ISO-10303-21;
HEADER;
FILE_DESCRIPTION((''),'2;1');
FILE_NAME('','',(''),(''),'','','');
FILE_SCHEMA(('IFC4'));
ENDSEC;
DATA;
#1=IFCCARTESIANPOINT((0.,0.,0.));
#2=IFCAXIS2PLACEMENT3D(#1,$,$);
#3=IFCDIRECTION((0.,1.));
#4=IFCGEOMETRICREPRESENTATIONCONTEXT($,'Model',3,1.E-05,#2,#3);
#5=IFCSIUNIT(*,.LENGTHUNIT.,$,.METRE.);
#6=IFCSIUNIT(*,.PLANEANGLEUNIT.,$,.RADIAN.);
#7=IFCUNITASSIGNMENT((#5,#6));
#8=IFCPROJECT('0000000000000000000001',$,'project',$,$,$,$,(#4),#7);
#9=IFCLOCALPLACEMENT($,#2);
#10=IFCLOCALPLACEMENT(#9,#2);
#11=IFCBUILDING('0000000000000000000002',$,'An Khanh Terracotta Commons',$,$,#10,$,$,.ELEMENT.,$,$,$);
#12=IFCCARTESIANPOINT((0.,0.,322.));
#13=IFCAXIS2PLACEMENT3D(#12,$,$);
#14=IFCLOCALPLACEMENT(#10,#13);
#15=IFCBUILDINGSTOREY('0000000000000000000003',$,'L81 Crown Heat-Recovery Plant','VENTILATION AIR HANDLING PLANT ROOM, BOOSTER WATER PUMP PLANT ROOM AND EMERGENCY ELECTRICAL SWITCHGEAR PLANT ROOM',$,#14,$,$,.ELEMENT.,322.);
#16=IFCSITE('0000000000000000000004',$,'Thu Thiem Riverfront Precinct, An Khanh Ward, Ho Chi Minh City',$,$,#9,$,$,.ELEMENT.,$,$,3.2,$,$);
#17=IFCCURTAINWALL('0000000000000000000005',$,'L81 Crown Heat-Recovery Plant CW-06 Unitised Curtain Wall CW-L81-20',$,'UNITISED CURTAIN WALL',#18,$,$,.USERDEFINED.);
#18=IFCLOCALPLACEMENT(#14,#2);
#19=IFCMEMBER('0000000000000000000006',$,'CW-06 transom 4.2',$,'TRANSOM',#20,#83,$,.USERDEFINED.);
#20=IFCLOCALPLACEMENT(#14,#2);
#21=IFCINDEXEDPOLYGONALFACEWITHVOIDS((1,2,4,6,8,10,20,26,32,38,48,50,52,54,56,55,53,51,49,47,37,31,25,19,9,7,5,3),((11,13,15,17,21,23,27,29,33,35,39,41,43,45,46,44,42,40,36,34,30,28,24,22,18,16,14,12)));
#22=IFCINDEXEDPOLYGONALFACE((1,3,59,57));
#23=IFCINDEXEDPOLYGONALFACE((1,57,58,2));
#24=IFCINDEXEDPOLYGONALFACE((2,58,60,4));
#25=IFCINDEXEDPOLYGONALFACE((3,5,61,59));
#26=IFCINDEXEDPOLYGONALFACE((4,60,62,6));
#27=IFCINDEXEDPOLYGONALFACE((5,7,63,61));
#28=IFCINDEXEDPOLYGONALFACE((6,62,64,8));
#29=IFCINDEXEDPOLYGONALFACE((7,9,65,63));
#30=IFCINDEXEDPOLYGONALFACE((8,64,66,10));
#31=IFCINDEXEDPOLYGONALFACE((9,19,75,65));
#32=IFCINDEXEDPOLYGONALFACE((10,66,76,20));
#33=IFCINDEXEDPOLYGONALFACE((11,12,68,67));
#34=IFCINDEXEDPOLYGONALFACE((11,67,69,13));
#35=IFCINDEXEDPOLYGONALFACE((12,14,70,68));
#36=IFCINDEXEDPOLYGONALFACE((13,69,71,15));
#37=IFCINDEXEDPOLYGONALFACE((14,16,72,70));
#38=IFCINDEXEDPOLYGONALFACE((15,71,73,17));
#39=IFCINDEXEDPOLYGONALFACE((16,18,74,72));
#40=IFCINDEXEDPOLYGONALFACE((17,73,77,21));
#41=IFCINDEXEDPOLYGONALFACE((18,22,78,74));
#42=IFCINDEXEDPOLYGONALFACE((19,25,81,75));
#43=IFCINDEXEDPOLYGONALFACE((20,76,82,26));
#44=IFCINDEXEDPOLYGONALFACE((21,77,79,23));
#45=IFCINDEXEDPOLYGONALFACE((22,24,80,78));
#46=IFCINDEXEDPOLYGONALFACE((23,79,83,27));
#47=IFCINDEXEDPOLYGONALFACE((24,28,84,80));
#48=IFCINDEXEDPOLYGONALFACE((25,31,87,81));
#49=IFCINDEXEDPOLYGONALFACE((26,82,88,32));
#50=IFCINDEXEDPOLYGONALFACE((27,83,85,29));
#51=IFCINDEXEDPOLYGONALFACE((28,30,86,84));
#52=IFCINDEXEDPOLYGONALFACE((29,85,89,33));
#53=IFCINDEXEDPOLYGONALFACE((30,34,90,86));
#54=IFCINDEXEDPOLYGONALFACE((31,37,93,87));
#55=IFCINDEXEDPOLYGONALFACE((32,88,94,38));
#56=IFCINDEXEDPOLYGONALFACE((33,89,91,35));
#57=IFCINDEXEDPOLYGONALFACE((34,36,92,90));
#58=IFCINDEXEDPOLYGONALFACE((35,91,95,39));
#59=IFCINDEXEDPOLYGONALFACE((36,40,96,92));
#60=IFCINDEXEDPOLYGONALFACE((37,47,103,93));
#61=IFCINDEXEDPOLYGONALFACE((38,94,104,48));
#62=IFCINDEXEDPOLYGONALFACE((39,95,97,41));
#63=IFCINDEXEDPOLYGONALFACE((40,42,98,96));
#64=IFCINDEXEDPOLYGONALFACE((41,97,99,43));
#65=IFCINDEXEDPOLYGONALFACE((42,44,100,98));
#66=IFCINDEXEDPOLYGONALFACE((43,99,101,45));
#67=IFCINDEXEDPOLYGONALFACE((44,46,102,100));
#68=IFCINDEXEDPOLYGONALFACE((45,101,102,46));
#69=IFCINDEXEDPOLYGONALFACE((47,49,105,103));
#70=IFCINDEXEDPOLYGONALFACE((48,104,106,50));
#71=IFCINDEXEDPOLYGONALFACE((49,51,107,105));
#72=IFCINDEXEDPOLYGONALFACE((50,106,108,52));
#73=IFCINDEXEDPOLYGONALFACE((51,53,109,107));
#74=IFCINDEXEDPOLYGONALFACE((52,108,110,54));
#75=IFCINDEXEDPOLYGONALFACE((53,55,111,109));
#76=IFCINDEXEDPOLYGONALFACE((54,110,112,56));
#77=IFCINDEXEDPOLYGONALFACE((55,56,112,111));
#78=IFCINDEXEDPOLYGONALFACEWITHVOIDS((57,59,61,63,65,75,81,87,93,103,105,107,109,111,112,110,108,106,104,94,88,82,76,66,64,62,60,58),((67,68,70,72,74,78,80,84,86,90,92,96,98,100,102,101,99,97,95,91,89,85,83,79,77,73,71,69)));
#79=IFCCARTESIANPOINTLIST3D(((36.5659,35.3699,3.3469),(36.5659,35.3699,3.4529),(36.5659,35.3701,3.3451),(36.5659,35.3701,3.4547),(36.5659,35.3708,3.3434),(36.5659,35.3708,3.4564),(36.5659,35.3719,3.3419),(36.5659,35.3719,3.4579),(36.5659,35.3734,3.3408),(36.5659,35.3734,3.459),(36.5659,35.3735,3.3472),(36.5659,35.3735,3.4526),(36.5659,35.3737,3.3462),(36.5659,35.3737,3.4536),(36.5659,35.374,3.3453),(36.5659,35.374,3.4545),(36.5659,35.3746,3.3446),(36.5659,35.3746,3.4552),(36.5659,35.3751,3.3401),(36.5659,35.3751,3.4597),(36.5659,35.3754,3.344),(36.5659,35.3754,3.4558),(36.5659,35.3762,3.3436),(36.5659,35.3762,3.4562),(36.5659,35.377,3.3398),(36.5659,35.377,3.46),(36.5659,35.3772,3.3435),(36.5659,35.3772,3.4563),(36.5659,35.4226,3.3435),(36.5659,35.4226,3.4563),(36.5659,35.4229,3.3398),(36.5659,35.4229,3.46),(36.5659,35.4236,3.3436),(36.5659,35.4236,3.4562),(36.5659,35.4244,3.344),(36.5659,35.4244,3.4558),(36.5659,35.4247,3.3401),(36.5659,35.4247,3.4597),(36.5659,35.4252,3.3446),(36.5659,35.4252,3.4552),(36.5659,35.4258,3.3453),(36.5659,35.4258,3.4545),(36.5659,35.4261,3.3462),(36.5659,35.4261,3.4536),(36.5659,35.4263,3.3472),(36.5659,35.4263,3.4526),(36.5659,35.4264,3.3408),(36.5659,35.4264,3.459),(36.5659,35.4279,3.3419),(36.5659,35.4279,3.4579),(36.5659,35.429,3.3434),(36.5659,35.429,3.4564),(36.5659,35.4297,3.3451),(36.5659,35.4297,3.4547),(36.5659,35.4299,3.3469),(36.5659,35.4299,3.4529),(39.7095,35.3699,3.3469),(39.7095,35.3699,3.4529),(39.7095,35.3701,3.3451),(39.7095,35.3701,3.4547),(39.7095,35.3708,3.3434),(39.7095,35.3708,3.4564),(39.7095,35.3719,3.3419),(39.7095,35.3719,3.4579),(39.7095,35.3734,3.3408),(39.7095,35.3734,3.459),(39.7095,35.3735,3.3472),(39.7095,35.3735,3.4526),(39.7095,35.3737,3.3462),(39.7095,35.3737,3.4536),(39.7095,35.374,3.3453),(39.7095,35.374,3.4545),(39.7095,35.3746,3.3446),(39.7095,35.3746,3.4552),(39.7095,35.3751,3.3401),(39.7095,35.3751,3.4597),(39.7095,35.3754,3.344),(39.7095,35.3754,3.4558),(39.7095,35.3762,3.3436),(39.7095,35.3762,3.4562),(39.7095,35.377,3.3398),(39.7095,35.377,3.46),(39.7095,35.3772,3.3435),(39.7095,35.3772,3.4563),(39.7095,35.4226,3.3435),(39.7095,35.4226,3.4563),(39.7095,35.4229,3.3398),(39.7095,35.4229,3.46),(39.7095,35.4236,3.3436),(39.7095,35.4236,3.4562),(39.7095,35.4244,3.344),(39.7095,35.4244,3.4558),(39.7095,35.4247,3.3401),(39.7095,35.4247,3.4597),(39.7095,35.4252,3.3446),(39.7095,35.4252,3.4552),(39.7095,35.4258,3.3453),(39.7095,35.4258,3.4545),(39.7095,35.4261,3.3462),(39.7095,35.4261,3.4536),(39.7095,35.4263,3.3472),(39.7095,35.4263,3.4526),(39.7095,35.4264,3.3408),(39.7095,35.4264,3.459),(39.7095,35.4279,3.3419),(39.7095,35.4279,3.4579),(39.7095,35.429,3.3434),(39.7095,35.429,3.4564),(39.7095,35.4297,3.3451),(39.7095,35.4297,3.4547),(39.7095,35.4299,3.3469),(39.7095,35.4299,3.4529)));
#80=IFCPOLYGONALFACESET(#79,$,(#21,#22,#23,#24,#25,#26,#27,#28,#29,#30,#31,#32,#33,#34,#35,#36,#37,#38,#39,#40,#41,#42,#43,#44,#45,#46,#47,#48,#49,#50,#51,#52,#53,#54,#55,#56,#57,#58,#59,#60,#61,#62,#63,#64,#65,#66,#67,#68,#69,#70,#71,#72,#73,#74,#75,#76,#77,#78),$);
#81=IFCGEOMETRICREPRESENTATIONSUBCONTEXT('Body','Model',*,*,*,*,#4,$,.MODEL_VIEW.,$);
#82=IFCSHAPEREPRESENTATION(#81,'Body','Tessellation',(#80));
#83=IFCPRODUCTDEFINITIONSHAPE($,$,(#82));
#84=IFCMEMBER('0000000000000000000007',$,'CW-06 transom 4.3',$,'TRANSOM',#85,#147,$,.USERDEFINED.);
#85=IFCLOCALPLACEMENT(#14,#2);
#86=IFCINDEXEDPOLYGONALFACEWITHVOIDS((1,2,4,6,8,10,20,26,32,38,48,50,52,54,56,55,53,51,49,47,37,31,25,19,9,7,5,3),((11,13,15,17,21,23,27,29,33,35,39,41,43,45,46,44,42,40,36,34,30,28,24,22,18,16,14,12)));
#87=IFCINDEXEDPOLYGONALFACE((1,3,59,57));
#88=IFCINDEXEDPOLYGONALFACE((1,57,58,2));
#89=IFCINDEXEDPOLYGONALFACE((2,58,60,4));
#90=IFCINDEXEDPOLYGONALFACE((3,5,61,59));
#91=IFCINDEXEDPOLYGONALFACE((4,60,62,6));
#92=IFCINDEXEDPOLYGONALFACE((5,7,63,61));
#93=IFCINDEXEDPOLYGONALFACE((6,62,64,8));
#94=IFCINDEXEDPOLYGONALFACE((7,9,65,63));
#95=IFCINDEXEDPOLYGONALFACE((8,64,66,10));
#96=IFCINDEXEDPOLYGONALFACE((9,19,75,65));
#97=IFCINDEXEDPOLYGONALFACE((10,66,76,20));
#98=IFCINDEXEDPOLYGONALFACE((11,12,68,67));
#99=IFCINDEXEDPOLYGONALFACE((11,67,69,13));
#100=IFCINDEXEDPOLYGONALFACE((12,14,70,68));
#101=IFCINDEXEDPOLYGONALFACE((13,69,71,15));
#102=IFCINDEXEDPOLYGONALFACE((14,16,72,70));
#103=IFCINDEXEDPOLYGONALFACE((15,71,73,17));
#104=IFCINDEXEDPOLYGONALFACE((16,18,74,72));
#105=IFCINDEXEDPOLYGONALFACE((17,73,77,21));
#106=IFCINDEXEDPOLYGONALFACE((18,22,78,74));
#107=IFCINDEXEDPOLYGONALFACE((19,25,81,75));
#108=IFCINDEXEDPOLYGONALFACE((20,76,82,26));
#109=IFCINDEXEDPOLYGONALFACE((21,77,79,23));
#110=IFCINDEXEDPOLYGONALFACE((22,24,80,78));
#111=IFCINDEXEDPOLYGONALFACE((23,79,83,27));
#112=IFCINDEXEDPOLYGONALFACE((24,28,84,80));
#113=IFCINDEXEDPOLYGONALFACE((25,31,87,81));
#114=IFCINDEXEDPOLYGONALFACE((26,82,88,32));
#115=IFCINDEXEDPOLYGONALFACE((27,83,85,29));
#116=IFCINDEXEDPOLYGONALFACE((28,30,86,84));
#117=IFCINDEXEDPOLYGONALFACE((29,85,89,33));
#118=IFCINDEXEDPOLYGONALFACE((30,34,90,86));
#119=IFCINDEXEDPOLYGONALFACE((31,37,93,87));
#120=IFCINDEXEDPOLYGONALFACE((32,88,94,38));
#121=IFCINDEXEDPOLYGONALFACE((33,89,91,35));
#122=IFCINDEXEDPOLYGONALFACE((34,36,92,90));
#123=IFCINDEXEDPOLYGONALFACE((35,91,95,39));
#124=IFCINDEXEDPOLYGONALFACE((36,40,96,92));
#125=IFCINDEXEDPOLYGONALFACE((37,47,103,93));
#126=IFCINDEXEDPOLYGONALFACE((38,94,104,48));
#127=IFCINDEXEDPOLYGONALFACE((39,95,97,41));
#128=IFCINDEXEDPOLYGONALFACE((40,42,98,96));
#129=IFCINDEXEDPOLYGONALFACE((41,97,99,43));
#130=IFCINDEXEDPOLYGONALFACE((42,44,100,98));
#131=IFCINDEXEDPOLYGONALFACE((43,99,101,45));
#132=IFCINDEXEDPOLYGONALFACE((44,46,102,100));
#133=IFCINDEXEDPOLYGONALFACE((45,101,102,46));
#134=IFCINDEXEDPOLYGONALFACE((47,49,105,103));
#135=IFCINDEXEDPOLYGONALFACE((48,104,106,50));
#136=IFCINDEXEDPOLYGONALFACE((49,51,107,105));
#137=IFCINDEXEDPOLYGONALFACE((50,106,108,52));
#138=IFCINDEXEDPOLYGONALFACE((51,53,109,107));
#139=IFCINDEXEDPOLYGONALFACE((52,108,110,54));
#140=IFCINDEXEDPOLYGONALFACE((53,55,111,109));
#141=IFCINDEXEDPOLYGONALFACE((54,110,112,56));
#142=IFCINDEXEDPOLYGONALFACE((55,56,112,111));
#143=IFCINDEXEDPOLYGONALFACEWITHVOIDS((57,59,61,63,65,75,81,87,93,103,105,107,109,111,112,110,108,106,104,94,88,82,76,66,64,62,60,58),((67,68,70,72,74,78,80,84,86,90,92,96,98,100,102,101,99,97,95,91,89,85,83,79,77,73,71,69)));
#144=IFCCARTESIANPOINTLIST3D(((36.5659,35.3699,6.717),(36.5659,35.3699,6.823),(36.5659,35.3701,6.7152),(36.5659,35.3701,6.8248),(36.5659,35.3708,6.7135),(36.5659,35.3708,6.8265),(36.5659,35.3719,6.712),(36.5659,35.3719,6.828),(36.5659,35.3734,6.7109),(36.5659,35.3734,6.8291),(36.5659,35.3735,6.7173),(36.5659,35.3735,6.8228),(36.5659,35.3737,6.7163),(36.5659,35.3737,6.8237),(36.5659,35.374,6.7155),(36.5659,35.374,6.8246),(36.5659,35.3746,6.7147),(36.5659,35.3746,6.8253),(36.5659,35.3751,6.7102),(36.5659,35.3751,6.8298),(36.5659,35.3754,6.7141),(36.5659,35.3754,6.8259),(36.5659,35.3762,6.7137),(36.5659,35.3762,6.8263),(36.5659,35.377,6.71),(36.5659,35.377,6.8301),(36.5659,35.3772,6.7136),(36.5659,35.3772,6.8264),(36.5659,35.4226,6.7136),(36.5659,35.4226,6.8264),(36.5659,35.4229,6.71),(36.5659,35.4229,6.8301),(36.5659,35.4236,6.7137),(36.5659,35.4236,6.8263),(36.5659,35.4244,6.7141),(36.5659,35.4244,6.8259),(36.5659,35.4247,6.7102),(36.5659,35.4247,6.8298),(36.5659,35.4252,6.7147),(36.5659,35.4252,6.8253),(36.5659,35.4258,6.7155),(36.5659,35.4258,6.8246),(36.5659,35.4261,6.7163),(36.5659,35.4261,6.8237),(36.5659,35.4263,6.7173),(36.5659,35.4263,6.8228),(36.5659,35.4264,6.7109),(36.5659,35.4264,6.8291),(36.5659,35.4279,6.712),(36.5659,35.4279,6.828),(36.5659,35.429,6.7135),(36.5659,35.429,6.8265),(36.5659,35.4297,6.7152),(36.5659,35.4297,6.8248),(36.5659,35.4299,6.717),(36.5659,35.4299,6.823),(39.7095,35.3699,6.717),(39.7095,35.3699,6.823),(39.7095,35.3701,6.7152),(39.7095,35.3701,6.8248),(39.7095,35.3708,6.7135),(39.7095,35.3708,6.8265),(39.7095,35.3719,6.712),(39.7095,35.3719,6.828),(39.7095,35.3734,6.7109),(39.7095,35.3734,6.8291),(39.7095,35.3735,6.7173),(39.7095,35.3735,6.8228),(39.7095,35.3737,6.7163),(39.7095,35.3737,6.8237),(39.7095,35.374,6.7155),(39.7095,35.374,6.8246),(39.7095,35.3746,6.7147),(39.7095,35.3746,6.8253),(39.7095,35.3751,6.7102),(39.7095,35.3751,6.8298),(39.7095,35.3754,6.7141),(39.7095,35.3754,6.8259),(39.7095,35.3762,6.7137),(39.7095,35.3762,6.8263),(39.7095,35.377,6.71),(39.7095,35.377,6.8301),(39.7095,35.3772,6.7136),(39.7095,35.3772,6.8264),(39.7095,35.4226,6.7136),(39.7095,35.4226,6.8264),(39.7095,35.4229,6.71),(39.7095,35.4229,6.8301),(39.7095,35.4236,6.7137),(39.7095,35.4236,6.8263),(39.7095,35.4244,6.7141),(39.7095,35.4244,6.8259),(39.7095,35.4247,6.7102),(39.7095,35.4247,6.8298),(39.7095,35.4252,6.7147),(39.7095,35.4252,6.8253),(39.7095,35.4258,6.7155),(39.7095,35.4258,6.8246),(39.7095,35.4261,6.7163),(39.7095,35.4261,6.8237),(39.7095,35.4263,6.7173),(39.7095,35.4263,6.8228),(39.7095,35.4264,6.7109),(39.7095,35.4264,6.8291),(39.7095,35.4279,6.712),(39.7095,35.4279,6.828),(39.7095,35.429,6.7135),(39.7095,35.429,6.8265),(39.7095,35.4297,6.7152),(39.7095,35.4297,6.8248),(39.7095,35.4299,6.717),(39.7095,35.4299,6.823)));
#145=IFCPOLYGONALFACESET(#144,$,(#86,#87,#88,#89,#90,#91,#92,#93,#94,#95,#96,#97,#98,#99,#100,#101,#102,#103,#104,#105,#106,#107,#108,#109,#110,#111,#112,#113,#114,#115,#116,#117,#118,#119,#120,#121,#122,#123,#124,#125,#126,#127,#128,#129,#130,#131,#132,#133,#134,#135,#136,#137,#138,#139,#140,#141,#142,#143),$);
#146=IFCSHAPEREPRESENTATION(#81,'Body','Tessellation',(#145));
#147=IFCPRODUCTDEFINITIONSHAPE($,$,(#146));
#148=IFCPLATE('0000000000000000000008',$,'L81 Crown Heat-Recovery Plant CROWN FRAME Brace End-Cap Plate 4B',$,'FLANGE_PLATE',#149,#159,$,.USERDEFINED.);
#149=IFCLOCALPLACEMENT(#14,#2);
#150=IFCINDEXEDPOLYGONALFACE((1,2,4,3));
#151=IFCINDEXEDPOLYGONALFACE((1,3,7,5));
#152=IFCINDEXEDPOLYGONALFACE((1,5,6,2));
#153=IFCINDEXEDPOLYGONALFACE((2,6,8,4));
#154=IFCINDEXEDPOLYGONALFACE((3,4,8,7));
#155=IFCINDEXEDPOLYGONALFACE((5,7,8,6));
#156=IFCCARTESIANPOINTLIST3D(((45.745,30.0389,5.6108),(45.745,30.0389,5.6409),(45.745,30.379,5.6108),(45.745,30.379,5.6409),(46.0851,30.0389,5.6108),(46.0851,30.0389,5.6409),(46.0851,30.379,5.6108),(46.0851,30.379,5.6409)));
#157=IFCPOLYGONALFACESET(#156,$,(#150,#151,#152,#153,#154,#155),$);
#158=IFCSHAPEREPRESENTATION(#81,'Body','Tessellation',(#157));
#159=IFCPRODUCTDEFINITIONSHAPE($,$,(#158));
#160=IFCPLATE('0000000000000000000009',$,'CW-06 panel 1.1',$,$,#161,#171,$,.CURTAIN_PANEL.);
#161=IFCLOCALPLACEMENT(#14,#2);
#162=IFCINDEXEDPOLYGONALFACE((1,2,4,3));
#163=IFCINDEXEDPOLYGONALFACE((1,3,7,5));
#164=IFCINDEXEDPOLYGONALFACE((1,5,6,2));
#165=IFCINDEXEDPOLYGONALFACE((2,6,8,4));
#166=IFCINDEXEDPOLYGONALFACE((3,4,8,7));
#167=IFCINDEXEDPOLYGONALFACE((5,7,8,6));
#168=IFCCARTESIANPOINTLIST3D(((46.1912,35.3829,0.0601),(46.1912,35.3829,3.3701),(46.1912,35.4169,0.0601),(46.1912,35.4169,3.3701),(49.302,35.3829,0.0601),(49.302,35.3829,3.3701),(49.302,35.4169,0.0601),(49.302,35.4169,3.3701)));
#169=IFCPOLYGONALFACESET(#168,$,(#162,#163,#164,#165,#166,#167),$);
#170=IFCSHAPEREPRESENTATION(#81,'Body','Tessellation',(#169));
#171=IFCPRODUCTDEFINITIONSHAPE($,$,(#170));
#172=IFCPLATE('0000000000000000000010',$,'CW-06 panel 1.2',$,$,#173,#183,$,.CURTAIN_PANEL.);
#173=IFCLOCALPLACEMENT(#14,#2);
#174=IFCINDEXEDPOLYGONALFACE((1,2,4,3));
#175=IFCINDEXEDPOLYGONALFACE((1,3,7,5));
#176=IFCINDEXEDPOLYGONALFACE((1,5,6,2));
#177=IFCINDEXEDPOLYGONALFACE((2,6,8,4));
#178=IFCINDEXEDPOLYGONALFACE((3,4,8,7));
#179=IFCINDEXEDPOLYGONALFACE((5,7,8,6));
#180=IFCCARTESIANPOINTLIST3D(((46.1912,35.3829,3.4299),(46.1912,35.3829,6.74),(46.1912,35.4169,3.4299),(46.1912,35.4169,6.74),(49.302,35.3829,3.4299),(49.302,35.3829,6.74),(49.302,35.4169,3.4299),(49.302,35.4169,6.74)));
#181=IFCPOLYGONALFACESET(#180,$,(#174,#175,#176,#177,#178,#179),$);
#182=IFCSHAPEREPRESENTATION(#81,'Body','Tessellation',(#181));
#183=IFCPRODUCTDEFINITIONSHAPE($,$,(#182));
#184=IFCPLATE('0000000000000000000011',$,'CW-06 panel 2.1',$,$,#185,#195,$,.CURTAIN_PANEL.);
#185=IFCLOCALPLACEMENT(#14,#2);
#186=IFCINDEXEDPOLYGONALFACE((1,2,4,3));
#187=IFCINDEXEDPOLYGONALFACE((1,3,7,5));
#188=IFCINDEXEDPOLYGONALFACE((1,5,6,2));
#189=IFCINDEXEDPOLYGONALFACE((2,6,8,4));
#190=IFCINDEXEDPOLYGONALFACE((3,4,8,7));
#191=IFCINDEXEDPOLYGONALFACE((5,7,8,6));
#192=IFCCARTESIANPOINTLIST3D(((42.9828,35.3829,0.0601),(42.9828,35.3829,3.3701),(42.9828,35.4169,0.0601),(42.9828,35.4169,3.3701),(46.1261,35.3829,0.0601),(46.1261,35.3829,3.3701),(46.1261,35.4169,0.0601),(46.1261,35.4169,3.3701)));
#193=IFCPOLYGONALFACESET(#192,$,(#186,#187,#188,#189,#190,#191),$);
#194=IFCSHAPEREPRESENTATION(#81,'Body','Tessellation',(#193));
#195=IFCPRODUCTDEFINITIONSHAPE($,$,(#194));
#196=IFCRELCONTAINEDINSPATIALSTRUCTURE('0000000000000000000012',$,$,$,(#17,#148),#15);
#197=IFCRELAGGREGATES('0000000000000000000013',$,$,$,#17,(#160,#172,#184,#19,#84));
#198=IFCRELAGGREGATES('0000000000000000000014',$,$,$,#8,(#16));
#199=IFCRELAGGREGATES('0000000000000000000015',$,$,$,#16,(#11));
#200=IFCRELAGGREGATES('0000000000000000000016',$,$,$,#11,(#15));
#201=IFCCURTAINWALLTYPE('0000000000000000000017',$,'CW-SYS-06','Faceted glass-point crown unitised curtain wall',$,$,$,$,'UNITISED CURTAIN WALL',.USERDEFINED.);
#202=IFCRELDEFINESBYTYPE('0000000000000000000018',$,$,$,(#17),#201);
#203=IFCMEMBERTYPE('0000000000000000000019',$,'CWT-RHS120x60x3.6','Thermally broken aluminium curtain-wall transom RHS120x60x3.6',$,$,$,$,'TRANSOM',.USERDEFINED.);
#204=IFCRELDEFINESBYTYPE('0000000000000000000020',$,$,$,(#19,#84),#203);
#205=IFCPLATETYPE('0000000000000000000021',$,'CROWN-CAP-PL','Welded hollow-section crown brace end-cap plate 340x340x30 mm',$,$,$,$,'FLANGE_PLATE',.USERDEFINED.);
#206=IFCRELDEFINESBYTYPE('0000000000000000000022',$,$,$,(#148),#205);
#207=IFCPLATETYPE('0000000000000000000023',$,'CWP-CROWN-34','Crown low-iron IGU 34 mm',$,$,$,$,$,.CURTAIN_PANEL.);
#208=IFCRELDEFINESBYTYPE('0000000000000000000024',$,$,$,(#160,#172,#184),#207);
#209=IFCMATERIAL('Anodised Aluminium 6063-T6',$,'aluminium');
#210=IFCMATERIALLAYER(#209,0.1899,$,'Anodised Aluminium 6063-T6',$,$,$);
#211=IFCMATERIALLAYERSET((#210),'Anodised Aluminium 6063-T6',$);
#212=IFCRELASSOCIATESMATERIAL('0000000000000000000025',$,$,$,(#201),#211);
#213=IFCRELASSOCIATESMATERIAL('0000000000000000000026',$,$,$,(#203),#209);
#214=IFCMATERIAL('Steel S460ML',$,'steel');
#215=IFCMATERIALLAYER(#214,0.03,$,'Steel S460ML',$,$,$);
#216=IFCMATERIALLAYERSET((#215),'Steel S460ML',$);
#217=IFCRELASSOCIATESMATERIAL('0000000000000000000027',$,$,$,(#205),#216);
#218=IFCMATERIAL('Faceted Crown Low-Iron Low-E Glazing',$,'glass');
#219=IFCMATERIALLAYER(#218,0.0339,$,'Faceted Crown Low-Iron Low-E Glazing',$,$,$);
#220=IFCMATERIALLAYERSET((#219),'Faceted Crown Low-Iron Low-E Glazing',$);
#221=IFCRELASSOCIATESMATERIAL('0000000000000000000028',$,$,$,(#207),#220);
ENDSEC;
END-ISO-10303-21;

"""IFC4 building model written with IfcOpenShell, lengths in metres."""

from ifc_helpers import new_model, si_unit, direction, frame, origin, origin_2d, place, context, subcontext, project, spatial, rectangle, hollow_rectangle, extrude, material, layer, layer_set, material_profile, profile_set, type_object, element, aggregate, save


model = new_model("IFC4")

# Units and contexts
model_context = context("Model", 3, precision=1e-05, world=origin(), true_north=direction((0.0, 1.0)))
body_context = subcontext(model_context, "Body", "Model", "MODEL_VIEW")
ifc_project = project(units=[si_unit("LENGTHUNIT", "METRE"), si_unit("PLANEANGLEUNIT", "RADIAN")], contexts=[model_context])

# Site, building, storey
site_placement = place(None, origin())
site = spatial("IfcSite", under=ifc_project, at=site_placement, Name="Thu Thiem Riverfront Precinct, An Khanh Ward, Ho Chi Minh City", CompositionType="ELEMENT", RefElevation=3.2)
building_placement = place(site_placement, origin())
building = spatial("IfcBuilding", under=site, at=building_placement, Name="An Khanh Terracotta Commons", CompositionType="ELEMENT")
storey_placement = place(building_placement, frame((0.0, 0.0, 322.0)))
storey = spatial("IfcBuildingStorey", under=building, at=storey_placement, Name="L81 Crown Heat-Recovery Plant", Description="VENTILATION AIR HANDLING PLANT ROOM, BOOSTER WATER PUMP PLANT ROOM AND EMERGENCY ELECTRICAL SWITCHGEAR PLANT ROOM", CompositionType="ELEMENT", Elevation=322.0)

# Shared definitions
ifc_material_1 = material(Name="Steel S460ML", Category="steel")

# Curtain wall, members
ifc_material_2 = material(Name="Anodised Aluminium 6063-T6", Category="aluminium")
ifc_layer_1 = layer(ifc_material_2, 0.1899, Name="Anodised Aluminium 6063-T6")
ifc_layer_set_1 = layer_set([ifc_layer_1], Name="Anodised Aluminium 6063-T6")
curtain_wall_type = type_object("IfcCurtainWallType", Name="CW-SYS-06", Description="Faceted glass-point crown unitised curtain wall", ElementType="UNITISED CURTAIN WALL", PredefinedType="USERDEFINED", material=ifc_layer_set_1)
curtain_wall_placement = place(storey_placement, origin())
curtain_wall = element("IfcCurtainWall", 1, at=curtain_wall_placement, inside=storey, type_object=curtain_wall_type, Name="L81 Crown Heat-Recovery Plant CW-06 Unitised Curtain Wall CW-L81-20", ObjectType="UNITISED CURTAIN WALL", PredefinedType="USERDEFINED")
ifc_material_profile_1 = material_profile(ifc_material_2, hollow_rectangle(XDim=0.0601, YDim=0.1201, WallThickness=0.0037, InnerFilletRadius=0.0037, OuterFilletRadius=0.0071, at=origin_2d()), Name="RHS120x60x3.6")
ifc_profile_set_1 = profile_set([ifc_material_profile_1], Name="Anodised Aluminium 6063-T6")
member_type_1 = type_object("IfcMemberType", Name="CWT-RHS120x60x3.6", Description="Thermally broken aluminium curtain-wall transom RHS120x60x3.6", ElementType="TRANSOM", PredefinedType="USERDEFINED", material=ifc_profile_set_1)
member_1_placement = place(storey_placement, frame((39.7095, 35.3999, 3.3999), z_axis=(-1.0, 0.0, 0.0), x_axis=(0.0, -1.0, 0.0)))
member_1 = element("IfcMember", 2, at=member_1_placement, type_object=member_type_1, Name="CW-06 transom 4.2", ObjectType="TRANSOM", PredefinedType="USERDEFINED", context=body_context, shape_type="SweptSolid", body=[
    extrude(hollow_rectangle(XDim=0.0601, YDim=0.1201, WallThickness=0.0037, InnerFilletRadius=0.0037, OuterFilletRadius=0.0071, at=origin_2d()), origin(), (0.0, 0.0, 1.0), 3.1436),
])
member_2_placement = place(storey_placement, frame((39.7095, 35.3999, 6.77), z_axis=(-1.0, 0.0, 0.0), x_axis=(0.0, -1.0, 0.0)))
member_2 = element("IfcMember", 3, at=member_2_placement, type_object=member_type_1, Name="CW-06 transom 4.3", ObjectType="TRANSOM", PredefinedType="USERDEFINED", context=body_context, shape_type="SweptSolid", body=[
    extrude(hollow_rectangle(XDim=0.0601, YDim=0.1201, WallThickness=0.0037, InnerFilletRadius=0.0037, OuterFilletRadius=0.0071, at=origin_2d()), origin(), (0.0, 0.0, 1.0), 3.1436),
])

# Plates
ifc_layer_2 = layer(ifc_material_1, 0.03, Name="Steel S460ML")
ifc_layer_set_2 = layer_set([ifc_layer_2], Name="Steel S460ML")
plate_type_1 = type_object("IfcPlateType", Name="CROWN-CAP-PL", Description="Welded hollow-section crown brace end-cap plate 340x340x30 mm", ElementType="FLANGE_PLATE", PredefinedType="USERDEFINED", material=ifc_layer_set_2)
plate_1_placement = place(storey_placement, frame((45.915, 30.209, 5.6108), z_axis=(0.0, 0.0, 1.0), x_axis=(1.0, 0.0, 0.0)))
element("IfcPlate", 4, at=plate_1_placement, inside=storey, type_object=plate_type_1, Name="L81 Crown Heat-Recovery Plant CROWN FRAME Brace End-Cap Plate 4B", ObjectType="FLANGE_PLATE", PredefinedType="USERDEFINED", context=body_context, shape_type="SweptSolid", body=[
    extrude(rectangle(XDim=0.3401, YDim=0.3401, at=origin_2d()), origin(), (0.0, 0.0, 1.0), 0.03),
])
ifc_material_3 = material(Name="Faceted Crown Low-Iron Low-E Glazing", Category="glass")
ifc_layer_3 = layer(ifc_material_3, 0.0339, Name="Faceted Crown Low-Iron Low-E Glazing")
ifc_layer_set_3 = layer_set([ifc_layer_3], Name="Faceted Crown Low-Iron Low-E Glazing")
plate_type_2 = type_object("IfcPlateType", Name="CWP-CROWN-34", Description="Crown low-iron IGU 34 mm", PredefinedType="CURTAIN_PANEL", material=ifc_layer_set_3)
plate_2_placement = place(storey_placement, frame((47.7466, 35.3999, 0.0601), z_axis=(0.0, 0.0, 1.0), x_axis=(-1.0, 0.0, 0.0)))
plate_2 = element("IfcPlate", 5, at=plate_2_placement, type_object=plate_type_2, Name="CW-06 panel 1.1", PredefinedType="CURTAIN_PANEL", context=body_context, shape_type="SweptSolid", body=[
    extrude(rectangle(XDim=3.1108, YDim=0.0339, at=origin_2d()), origin(), (0.0, 0.0, 1.0), 3.3101),
])
plate_3_placement = place(storey_placement, frame((47.7466, 35.3999, 3.4299), z_axis=(0.0, 0.0, 1.0), x_axis=(-1.0, 0.0, 0.0)))
plate_3 = element("IfcPlate", 6, at=plate_3_placement, type_object=plate_type_2, Name="CW-06 panel 1.2", PredefinedType="CURTAIN_PANEL", context=body_context, shape_type="SweptSolid", body=[
    extrude(rectangle(XDim=3.1108, YDim=0.0339, at=origin_2d()), origin(), (0.0, 0.0, 1.0), 3.3101),
])
plate_4_placement = place(storey_placement, frame((44.5544, 35.3999, 0.0601), z_axis=(0.0, 0.0, 1.0), x_axis=(-1.0, 0.0, 0.0)))
plate_4 = element("IfcPlate", 7, at=plate_4_placement, type_object=plate_type_2, Name="CW-06 panel 2.1", PredefinedType="CURTAIN_PANEL", context=body_context, shape_type="SweptSolid", body=[
    extrude(rectangle(XDim=3.1433, YDim=0.0339, at=origin_2d()), origin(), (0.0, 0.0, 1.0), 3.3101),
])
aggregate(curtain_wall, [plate_2, plate_3, plate_4, member_1, member_2])

save(model, "model.ifc")
